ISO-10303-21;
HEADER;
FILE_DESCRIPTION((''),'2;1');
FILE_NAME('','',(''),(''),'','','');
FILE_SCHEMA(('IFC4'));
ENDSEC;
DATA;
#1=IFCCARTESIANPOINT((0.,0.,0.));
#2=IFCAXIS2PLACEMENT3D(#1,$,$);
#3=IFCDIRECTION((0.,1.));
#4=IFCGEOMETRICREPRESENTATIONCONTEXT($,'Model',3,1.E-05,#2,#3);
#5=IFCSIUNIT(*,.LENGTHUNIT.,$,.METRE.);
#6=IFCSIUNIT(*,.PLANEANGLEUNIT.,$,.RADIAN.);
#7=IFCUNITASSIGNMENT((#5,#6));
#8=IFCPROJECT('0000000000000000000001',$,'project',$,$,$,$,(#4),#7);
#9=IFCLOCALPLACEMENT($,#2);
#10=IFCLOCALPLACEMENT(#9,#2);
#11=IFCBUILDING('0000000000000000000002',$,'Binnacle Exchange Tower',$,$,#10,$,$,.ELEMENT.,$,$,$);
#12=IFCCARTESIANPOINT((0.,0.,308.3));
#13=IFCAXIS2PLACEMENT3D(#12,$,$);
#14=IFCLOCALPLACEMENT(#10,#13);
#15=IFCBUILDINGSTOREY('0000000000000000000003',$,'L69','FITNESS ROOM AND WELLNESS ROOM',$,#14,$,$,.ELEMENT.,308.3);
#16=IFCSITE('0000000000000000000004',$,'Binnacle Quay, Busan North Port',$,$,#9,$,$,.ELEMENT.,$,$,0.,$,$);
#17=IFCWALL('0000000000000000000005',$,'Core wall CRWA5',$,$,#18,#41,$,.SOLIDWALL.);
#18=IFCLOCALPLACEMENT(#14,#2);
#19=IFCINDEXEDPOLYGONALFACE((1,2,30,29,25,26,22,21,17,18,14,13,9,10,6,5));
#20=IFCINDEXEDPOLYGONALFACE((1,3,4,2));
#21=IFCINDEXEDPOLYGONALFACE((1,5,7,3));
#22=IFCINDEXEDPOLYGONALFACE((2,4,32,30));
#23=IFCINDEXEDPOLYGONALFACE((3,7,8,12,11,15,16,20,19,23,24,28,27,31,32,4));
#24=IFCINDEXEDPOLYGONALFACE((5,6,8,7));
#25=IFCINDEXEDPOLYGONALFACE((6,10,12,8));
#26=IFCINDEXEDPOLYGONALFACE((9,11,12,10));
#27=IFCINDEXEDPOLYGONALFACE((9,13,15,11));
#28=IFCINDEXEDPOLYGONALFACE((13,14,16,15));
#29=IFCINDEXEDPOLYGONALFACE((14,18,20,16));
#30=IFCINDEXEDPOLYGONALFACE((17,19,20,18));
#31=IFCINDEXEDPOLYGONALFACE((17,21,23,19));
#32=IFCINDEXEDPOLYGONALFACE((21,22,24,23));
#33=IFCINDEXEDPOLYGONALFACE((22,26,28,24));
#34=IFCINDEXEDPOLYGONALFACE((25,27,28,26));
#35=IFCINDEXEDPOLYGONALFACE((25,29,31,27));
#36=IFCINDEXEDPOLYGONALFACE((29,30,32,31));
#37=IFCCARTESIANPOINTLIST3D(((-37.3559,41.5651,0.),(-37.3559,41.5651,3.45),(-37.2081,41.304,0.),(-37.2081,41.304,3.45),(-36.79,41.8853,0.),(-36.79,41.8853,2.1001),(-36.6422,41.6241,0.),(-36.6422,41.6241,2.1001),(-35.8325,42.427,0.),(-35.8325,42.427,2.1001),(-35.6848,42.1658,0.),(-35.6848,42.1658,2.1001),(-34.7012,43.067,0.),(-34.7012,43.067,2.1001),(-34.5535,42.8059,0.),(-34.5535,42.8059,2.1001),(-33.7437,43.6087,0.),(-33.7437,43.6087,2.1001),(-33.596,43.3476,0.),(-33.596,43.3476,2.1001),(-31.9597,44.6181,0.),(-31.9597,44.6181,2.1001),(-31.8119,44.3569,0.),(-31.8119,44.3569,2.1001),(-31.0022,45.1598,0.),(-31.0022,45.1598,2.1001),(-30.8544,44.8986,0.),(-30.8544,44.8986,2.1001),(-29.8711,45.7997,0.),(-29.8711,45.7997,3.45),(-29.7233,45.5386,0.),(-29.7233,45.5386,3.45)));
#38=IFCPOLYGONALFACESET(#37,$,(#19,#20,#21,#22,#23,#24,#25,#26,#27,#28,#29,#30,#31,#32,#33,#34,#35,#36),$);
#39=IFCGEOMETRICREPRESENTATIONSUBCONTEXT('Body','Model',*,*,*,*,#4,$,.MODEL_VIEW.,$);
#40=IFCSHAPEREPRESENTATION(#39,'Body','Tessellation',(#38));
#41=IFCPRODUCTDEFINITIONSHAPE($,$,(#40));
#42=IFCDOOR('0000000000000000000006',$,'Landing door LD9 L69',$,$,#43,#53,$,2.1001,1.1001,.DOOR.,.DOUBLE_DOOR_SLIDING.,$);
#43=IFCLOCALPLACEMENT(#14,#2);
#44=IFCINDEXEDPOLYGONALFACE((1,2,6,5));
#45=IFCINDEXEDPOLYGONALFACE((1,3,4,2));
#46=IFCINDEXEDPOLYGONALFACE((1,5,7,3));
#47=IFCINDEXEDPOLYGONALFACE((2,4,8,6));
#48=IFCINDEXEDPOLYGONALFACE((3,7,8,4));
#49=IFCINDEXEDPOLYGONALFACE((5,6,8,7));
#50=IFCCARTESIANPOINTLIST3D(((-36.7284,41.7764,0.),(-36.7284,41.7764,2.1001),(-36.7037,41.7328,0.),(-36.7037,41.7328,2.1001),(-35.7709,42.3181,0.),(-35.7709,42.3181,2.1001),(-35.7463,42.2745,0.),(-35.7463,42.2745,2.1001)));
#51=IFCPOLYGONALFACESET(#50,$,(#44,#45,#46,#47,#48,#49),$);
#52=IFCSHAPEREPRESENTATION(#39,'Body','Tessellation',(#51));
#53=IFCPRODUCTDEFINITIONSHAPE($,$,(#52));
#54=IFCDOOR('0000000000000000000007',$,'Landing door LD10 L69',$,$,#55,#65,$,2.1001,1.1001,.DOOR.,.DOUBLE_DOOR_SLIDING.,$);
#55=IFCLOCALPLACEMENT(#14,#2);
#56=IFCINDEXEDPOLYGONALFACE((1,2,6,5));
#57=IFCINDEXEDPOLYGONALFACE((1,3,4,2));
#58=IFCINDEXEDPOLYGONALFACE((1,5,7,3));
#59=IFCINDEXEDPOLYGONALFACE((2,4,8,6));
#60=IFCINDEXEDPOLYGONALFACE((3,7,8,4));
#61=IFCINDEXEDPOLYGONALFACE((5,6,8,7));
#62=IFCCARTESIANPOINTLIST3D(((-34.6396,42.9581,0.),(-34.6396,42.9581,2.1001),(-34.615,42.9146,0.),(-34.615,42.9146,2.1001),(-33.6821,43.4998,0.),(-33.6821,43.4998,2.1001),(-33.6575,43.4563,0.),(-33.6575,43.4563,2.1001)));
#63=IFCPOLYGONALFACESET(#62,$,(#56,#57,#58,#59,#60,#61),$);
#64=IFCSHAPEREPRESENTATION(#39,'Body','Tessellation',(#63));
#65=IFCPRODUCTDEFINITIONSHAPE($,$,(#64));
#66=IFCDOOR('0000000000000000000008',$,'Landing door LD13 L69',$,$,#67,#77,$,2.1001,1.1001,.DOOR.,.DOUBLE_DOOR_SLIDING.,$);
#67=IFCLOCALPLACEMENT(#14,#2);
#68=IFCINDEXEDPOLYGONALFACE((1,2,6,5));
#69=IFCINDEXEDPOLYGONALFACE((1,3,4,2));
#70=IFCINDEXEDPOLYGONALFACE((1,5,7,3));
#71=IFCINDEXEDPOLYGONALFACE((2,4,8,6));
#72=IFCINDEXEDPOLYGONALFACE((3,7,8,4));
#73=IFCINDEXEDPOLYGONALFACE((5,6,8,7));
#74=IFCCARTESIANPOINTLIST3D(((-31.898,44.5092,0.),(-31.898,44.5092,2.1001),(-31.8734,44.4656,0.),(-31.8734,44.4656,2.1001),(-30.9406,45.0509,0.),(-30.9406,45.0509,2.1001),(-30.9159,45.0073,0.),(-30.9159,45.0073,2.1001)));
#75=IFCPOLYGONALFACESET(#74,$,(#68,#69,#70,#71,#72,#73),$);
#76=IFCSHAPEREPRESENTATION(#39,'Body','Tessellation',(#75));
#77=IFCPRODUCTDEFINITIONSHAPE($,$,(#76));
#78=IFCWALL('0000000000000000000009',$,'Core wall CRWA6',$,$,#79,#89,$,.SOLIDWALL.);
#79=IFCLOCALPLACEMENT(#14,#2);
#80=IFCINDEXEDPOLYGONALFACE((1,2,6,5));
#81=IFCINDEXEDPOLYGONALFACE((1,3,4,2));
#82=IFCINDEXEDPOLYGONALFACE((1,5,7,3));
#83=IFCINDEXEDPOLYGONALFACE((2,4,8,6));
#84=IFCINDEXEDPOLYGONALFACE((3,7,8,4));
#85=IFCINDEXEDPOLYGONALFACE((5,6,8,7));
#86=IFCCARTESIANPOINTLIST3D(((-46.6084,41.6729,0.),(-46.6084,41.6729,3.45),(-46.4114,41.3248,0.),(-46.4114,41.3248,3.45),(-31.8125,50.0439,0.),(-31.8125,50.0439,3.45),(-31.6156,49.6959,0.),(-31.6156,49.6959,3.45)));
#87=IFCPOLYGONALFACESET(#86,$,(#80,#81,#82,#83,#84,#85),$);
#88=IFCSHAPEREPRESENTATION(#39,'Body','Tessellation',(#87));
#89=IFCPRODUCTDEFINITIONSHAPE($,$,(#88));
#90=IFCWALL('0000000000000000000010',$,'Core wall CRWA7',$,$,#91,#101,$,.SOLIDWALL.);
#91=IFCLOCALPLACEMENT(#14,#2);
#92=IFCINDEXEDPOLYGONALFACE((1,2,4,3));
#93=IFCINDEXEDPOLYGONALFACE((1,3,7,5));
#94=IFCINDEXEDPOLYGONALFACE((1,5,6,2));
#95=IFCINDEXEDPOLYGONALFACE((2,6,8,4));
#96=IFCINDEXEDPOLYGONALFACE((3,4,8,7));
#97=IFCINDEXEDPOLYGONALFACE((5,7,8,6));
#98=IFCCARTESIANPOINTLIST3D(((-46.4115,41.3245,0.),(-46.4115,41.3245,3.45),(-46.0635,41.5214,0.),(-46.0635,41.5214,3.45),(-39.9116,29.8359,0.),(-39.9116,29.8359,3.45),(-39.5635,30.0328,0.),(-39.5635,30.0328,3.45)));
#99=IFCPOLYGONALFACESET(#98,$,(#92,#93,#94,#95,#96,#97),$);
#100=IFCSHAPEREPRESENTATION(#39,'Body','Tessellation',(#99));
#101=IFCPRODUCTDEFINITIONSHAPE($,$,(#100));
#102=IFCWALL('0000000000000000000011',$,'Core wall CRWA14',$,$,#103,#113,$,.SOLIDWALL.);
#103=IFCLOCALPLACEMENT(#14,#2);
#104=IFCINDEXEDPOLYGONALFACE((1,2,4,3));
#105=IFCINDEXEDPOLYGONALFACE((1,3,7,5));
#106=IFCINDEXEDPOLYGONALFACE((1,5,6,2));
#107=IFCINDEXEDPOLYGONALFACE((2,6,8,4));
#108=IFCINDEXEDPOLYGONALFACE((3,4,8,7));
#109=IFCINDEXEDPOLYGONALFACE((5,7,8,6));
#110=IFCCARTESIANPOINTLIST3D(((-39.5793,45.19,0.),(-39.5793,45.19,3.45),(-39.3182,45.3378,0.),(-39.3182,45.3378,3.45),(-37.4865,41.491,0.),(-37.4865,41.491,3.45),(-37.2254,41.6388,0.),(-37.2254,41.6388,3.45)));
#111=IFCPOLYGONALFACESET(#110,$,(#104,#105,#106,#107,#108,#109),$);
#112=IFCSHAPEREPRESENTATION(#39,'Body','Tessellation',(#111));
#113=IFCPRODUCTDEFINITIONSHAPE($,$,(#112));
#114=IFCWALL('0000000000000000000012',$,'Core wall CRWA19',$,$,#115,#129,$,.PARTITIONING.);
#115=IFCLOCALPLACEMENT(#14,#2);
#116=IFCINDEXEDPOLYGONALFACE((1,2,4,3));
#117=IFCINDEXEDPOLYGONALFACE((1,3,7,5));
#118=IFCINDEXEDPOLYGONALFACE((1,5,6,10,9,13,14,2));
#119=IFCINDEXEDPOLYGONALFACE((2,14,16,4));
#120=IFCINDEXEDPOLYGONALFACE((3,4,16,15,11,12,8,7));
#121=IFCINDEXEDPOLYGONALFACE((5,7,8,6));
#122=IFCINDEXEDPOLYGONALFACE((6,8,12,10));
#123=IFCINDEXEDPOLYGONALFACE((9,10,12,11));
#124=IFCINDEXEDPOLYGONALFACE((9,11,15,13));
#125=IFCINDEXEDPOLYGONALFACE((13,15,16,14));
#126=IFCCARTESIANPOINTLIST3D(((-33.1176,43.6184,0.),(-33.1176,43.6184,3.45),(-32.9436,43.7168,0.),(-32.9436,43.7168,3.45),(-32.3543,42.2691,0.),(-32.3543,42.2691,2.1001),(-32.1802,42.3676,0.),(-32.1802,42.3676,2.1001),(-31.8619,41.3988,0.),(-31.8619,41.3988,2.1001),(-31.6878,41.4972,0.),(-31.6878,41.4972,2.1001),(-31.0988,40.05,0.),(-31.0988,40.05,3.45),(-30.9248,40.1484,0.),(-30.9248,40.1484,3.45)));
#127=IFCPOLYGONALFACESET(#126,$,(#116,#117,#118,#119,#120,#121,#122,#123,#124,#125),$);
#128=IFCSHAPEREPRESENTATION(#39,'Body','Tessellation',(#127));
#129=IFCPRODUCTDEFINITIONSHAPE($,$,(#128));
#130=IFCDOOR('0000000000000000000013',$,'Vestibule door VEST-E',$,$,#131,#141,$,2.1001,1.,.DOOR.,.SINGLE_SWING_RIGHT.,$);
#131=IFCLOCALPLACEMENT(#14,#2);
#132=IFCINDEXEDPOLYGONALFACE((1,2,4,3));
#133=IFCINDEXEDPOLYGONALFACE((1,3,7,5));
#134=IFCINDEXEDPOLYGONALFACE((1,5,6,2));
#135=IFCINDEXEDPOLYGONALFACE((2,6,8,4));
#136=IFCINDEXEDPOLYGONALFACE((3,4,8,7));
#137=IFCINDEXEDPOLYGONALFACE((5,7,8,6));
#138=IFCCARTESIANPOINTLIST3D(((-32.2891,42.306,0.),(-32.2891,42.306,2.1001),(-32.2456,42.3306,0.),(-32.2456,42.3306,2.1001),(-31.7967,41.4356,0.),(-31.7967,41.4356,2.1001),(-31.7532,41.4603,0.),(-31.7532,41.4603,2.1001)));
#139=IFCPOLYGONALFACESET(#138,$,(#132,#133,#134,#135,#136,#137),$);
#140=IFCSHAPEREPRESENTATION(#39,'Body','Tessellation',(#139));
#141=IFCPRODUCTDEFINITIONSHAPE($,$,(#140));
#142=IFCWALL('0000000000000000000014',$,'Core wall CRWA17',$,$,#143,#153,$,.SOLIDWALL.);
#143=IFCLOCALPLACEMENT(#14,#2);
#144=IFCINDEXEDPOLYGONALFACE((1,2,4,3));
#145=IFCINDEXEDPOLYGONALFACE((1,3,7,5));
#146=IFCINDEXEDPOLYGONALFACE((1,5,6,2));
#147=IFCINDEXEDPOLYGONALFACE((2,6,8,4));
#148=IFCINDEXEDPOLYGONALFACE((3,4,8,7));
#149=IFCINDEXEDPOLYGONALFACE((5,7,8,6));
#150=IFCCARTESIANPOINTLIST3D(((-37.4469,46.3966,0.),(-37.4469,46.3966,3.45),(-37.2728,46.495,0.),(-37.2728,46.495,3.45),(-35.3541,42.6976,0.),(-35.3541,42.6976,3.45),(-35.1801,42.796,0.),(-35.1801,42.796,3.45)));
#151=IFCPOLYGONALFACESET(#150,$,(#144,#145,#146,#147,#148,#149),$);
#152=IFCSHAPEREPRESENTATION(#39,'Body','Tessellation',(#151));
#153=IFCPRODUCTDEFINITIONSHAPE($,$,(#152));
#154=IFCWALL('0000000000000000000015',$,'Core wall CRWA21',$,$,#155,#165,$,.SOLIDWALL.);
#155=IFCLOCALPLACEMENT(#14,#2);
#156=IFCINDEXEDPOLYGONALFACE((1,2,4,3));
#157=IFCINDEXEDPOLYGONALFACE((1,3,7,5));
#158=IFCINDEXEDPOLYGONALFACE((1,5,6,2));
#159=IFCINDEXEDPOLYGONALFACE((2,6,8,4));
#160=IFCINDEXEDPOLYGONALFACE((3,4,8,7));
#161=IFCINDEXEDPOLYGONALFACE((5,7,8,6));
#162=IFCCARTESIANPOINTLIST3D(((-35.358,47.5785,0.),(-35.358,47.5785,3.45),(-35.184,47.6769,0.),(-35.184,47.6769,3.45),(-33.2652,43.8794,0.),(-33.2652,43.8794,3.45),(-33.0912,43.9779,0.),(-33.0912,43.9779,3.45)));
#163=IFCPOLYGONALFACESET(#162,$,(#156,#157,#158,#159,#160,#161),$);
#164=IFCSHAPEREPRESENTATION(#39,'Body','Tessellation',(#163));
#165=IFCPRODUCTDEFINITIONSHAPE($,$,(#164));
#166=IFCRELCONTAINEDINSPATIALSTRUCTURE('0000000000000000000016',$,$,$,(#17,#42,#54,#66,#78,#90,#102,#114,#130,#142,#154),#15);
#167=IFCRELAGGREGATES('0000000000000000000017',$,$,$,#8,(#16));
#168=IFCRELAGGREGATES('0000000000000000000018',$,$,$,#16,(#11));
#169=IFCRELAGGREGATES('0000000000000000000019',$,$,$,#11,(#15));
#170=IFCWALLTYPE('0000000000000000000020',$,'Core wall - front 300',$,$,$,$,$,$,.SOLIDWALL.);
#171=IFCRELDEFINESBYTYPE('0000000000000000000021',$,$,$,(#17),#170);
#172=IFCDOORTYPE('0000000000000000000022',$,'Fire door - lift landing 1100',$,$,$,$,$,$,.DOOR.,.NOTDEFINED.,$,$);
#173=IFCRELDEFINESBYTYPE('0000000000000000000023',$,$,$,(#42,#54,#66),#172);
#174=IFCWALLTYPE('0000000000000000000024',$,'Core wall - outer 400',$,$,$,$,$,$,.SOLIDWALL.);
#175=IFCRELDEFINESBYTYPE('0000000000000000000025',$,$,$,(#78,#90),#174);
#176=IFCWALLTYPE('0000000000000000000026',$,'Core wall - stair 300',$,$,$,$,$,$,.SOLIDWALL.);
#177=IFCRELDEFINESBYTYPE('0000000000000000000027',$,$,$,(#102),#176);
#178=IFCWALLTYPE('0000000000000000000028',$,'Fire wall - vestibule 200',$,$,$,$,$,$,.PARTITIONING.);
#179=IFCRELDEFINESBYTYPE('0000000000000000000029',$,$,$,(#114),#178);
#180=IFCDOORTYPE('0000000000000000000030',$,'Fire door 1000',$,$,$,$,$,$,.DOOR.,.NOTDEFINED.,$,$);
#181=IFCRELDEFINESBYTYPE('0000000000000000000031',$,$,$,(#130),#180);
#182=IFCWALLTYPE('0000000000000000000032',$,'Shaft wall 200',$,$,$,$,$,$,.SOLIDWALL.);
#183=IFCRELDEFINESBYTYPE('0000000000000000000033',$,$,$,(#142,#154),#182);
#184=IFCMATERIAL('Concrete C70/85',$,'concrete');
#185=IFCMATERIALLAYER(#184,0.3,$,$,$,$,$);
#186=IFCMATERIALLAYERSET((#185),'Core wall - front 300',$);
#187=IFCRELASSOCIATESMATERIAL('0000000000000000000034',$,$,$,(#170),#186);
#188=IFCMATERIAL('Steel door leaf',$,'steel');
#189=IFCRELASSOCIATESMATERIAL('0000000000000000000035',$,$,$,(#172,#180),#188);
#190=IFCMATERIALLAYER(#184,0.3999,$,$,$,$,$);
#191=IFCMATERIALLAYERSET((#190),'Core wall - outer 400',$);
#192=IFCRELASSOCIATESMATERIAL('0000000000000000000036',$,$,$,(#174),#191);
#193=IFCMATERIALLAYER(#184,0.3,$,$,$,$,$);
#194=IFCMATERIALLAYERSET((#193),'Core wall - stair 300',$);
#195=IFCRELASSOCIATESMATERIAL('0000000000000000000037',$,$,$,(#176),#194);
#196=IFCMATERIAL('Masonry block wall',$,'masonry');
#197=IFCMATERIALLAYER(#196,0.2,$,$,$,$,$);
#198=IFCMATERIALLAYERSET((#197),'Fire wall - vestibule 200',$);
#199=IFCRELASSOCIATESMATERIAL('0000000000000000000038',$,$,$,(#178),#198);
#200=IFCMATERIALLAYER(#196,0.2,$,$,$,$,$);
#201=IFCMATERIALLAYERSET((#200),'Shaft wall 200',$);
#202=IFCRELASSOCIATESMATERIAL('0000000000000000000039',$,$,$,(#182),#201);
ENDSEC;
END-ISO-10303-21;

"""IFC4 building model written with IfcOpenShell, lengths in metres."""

from ifc_helpers import new_model, si_unit, direction, frame, frame_2d, origin, place, context, subcontext, project, spatial, rectangle, extrude, material, layer, layer_set, type_object, element, fill, save


model = new_model("IFC4")

# Units and contexts
model_context = context("Model", 3, precision=1e-05, world=origin(), true_north=direction((0.0, 1.0)))
body_context = subcontext(model_context, "Body", "Model", "MODEL_VIEW")
ifc_project = project(units=[si_unit("LENGTHUNIT", "METRE"), si_unit("PLANEANGLEUNIT", "RADIAN")], contexts=[model_context])

# Site, building, storey
site_placement = place(None, origin())
site = spatial("IfcSite", under=ifc_project, at=site_placement, Name="Binnacle Quay, Busan North Port", CompositionType="ELEMENT", RefElevation=0.0)
building_placement = place(site_placement, origin())
building = spatial("IfcBuilding", under=site, at=building_placement, Name="Binnacle Exchange Tower", CompositionType="ELEMENT")
storey_placement = place(building_placement, frame((0.0, 0.0, 308.3)))
storey = spatial("IfcBuildingStorey", under=building, at=storey_placement, Name="L69", Description="FITNESS ROOM AND WELLNESS ROOM", CompositionType="ELEMENT", Elevation=308.3)

# Wall, openings, doors
ifc_material_1 = material(Name="Concrete C70/85", Category="concrete")
ifc_layer_1 = layer(ifc_material_1, 0.3)
ifc_layer_set_1 = layer_set([ifc_layer_1], Name="Core wall - front 300")
wall_type_1 = type_object("IfcWallType", Name="Core wall - front 300", PredefinedType="SOLIDWALL", material=ifc_layer_set_1)
wall_1_placement = place(storey_placement, frame((-37.282, 41.4346, 0.0), z_axis=(0.0, 0.0, 1.0), x_axis=(0.870361, 0.492414, 0.0)))
wall_1 = element("IfcWall", 1, at=wall_1_placement, inside=storey, type_object=wall_type_1, Name="Core wall CRWA5", PredefinedType="SOLIDWALL", context=body_context, shape_type="SweptSolid", body=[
    extrude(rectangle(XDim=8.5996, YDim=0.3, at=frame_2d((4.2998, 0.0))), origin(), (0.0, 0.0, 1.0), 3.45),
])
opening_1_placement = place(wall_1_placement, frame((0.6501, 0.0, 0.0)))
opening_1 = element("IfcOpeningElement", 2, at=opening_1_placement, cuts=wall_1, PredefinedType="OPENING", context=body_context, shape_type="SweptSolid", body=[
    extrude(rectangle(XDim=1.1001, YDim=2.1001, at=frame_2d((0.55, 1.05))), frame((0.0, 0.1599, 0.0), z_axis=(0.0, -1.0, 0.0), x_axis=(1.0, 0.0, 0.0)), (0.0, 0.0, 1.0), 0.3201),
])
opening_2_placement = place(wall_1_placement, frame((3.05, 0.0, 0.0)))
opening_2 = element("IfcOpeningElement", 3, at=opening_2_placement, cuts=wall_1, PredefinedType="OPENING", context=body_context, shape_type="SweptSolid", body=[
    extrude(rectangle(XDim=1.1001, YDim=2.1001, at=frame_2d((0.55, 1.05))), frame((0.0, 0.1599, 0.0), z_axis=(0.0, -1.0, 0.0), x_axis=(1.0, 0.0, 0.0)), (0.0, 0.0, 1.0), 0.3201),
])
opening_3_placement = place(wall_1_placement, frame((6.2, 0.0, 0.0)))
opening_3 = element("IfcOpeningElement", 4, at=opening_3_placement, cuts=wall_1, PredefinedType="OPENING", context=body_context, shape_type="SweptSolid", body=[
    extrude(rectangle(XDim=1.1001, YDim=2.1001, at=frame_2d((0.55, 1.05))), frame((0.0, 0.1599, 0.0), z_axis=(0.0, -1.0, 0.0), x_axis=(1.0, 0.0, 0.0)), (0.0, 0.0, 1.0), 0.3201),
])
ifc_material_2 = material(Name="Steel door leaf", Category="steel")
door_type_1 = type_object("IfcDoorType", Name="Fire door - lift landing 1100", OperationType="NOTDEFINED", PredefinedType="DOOR", material=ifc_material_2)
door_1_placement = place(opening_1_placement, origin())
door_1 = element("IfcDoor", 5, at=door_1_placement, inside=storey, type_object=door_type_1, Name="Landing door LD9 L69", OperationType="DOUBLE_DOOR_SLIDING", OverallHeight=2.1001, OverallWidth=1.1001, PredefinedType="DOOR", context=body_context, shape_type="SweptSolid", body=[
    extrude(rectangle(XDim=1.1001, YDim=2.1001, at=frame_2d((0.55, 1.05))), frame((0.0, 0.0249, 0.0), z_axis=(0.0, -1.0, 0.0), x_axis=(1.0, 0.0, 0.0)), (0.0, 0.0, 1.0), 0.05),
])
fill(opening_1, door_1)
door_2_placement = place(opening_2_placement, origin())
door_2 = element("IfcDoor", 6, at=door_2_placement, inside=storey, type_object=door_type_1, Name="Landing door LD10 L69", OperationType="DOUBLE_DOOR_SLIDING", OverallHeight=2.1001, OverallWidth=1.1001, PredefinedType="DOOR", context=body_context, shape_type="SweptSolid", body=[
    extrude(rectangle(XDim=1.1001, YDim=2.1001, at=frame_2d((0.55, 1.05))), frame((0.0, 0.0249, 0.0), z_axis=(0.0, -1.0, 0.0), x_axis=(1.0, 0.0, 0.0)), (0.0, 0.0, 1.0), 0.05),
])
fill(opening_2, door_2)
door_3_placement = place(opening_3_placement, origin())
door_3 = element("IfcDoor", 7, at=door_3_placement, inside=storey, type_object=door_type_1, Name="Landing door LD13 L69", OperationType="DOUBLE_DOOR_SLIDING", OverallHeight=2.1001, OverallWidth=1.1001, PredefinedType="DOOR", context=body_context, shape_type="SweptSolid", body=[
    extrude(rectangle(XDim=1.1001, YDim=2.1001, at=frame_2d((0.55, 1.05))), frame((0.0, 0.0249, 0.0), z_axis=(0.0, -1.0, 0.0), x_axis=(1.0, 0.0, 0.0)), (0.0, 0.0, 1.0), 0.05),
])
fill(opening_3, door_3)

# Walls
ifc_layer_2 = layer(ifc_material_1, 0.3999)
ifc_layer_set_2 = layer_set([ifc_layer_2], Name="Core wall - outer 400")
wall_type_2 = type_object("IfcWallType", Name="Core wall - outer 400", PredefinedType="SOLIDWALL", material=ifc_layer_set_2)
wall_2_placement = place(storey_placement, frame((-46.51, 41.4988, 0.0), z_axis=(0.0, 0.0, 1.0), x_axis=(0.870356, 0.492423, 0.0)))
element("IfcWall", 8, at=wall_2_placement, inside=storey, type_object=wall_type_2, Name="Core wall CRWA6", PredefinedType="SOLIDWALL", context=body_context, shape_type="SweptSolid", body=[
    extrude(rectangle(XDim=16.9998, YDim=0.3999, at=frame_2d((8.5, 0.0))), origin(), (0.0, 0.0, 1.0), 3.45),
])
wall_3_placement = place(storey_placement, frame((-46.2375, 41.4231, 0.0), z_axis=(0.0, 0.0, 1.0), x_axis=(0.492422, -0.870357, 0.0)))
element("IfcWall", 9, at=wall_3_placement, inside=storey, type_object=wall_type_2, Name="Core wall CRWA7", PredefinedType="SOLIDWALL", context=body_context, shape_type="SweptSolid", body=[
    extrude(rectangle(XDim=13.2, YDim=0.3999, at=frame_2d((6.6001, 0.0))), origin(), (0.0, 0.0, 1.0), 3.45),
])
ifc_layer_3 = layer(ifc_material_1, 0.3)
ifc_layer_set_3 = layer_set([ifc_layer_3], Name="Core wall - stair 300")
wall_type_3 = type_object("IfcWallType", Name="Core wall - stair 300", PredefinedType="SOLIDWALL", material=ifc_layer_set_3)
wall_4_placement = place(storey_placement, frame((-39.4487, 45.2639, 0.0), z_axis=(0.0, 0.0, 1.0), x_axis=(0.492423, -0.870356, 0.0)))
element("IfcWall", 10, at=wall_4_placement, inside=storey, type_object=wall_type_3, Name="Core wall CRWA14", PredefinedType="SOLIDWALL", context=body_context, shape_type="SweptSolid", body=[
    extrude(rectangle(XDim=4.25, YDim=0.3, at=frame_2d((2.125, 0.0))), origin(), (0.0, 0.0, 1.0), 3.45),
])

# Wall, opening, door
ifc_material_3 = material(Name="Masonry block wall", Category="masonry")
ifc_layer_4 = layer(ifc_material_3, 0.2)
ifc_layer_set_4 = layer_set([ifc_layer_4], Name="Fire wall - vestibule 200")
wall_type_4 = type_object("IfcWallType", Name="Fire wall - vestibule 200", PredefinedType="PARTITIONING", material=ifc_layer_set_4)
wall_5_placement = place(storey_placement, frame((-33.0305, 43.6675, 0.0), z_axis=(0.0, 0.0, 1.0), x_axis=(0.492408, -0.870364, 0.0)))
wall_5 = element("IfcWall", 11, at=wall_5_placement, inside=storey, type_object=wall_type_4, Name="Core wall CRWA19", PredefinedType="PARTITIONING", context=body_context, shape_type="SweptSolid", body=[
    extrude(rectangle(XDim=4.0999, YDim=0.2, at=frame_2d((2.0498, 0.0))), origin(), (0.0, 0.0, 1.0), 3.45),
])
opening_4_placement = place(wall_5_placement, frame((1.55, 0.0, 0.0)))
opening_4 = element("IfcOpeningElement", 12, at=opening_4_placement, cuts=wall_5, PredefinedType="OPENING", context=body_context, shape_type="SweptSolid", body=[
    extrude(rectangle(XDim=1.0, YDim=2.1001, at=frame_2d((0.5, 1.05))), frame((0.0, 0.1099, 0.0), z_axis=(0.0, -1.0, 0.0), x_axis=(1.0, 0.0, 0.0)), (0.0, 0.0, 1.0), 0.22),
])
door_type_2 = type_object("IfcDoorType", Name="Fire door 1000", OperationType="NOTDEFINED", PredefinedType="DOOR", material=ifc_material_2)
door_4_placement = place(opening_4_placement, origin())
door_4 = element("IfcDoor", 13, at=door_4_placement, inside=storey, type_object=door_type_2, Name="Vestibule door VEST-E", OperationType="SINGLE_SWING_RIGHT", OverallHeight=2.1001, OverallWidth=1.0, PredefinedType="DOOR", context=body_context, shape_type="SweptSolid", body=[
    extrude(rectangle(XDim=1.0, YDim=2.1001, at=frame_2d((0.5, 1.05))), frame((0.0, 0.0249, 0.0), z_axis=(0.0, -1.0, 0.0), x_axis=(1.0, 0.0, 0.0)), (0.0, 0.0, 1.0), 0.05),
])
fill(opening_4, door_4)

# Walls
ifc_layer_5 = layer(ifc_material_3, 0.2)
ifc_layer_set_5 = layer_set([ifc_layer_5], Name="Shaft wall 200")
wall_type_5 = type_object("IfcWallType", Name="Shaft wall 200", PredefinedType="SOLIDWALL", material=ifc_layer_set_5)
for number, where, z_axis, x_axis, name in (
    (14, (-37.3599, 46.4458, 0.0), (0.0, 0.0, 1.0), (0.492423, -0.870356, 0.0), "Core wall CRWA17"),
    (15, (-35.271, 47.6277, 0.0), (0.0, 0.0, 1.0), (0.492423, -0.870356, 0.0), "Core wall CRWA21"),
):
    element("IfcWall", number, at=place(storey_placement, frame(where, z_axis=z_axis, x_axis=x_axis)), inside=storey, type_object=wall_type_5, Name=name, PredefinedType="SOLIDWALL", context=body_context, shape_type="SweptSolid", body=[
        extrude(rectangle(XDim=4.25, YDim=0.2, at=frame_2d((2.125, 0.0))), origin(), (0.0, 0.0, 1.0), 3.45),
    ])

save(model, "model.ifc")
